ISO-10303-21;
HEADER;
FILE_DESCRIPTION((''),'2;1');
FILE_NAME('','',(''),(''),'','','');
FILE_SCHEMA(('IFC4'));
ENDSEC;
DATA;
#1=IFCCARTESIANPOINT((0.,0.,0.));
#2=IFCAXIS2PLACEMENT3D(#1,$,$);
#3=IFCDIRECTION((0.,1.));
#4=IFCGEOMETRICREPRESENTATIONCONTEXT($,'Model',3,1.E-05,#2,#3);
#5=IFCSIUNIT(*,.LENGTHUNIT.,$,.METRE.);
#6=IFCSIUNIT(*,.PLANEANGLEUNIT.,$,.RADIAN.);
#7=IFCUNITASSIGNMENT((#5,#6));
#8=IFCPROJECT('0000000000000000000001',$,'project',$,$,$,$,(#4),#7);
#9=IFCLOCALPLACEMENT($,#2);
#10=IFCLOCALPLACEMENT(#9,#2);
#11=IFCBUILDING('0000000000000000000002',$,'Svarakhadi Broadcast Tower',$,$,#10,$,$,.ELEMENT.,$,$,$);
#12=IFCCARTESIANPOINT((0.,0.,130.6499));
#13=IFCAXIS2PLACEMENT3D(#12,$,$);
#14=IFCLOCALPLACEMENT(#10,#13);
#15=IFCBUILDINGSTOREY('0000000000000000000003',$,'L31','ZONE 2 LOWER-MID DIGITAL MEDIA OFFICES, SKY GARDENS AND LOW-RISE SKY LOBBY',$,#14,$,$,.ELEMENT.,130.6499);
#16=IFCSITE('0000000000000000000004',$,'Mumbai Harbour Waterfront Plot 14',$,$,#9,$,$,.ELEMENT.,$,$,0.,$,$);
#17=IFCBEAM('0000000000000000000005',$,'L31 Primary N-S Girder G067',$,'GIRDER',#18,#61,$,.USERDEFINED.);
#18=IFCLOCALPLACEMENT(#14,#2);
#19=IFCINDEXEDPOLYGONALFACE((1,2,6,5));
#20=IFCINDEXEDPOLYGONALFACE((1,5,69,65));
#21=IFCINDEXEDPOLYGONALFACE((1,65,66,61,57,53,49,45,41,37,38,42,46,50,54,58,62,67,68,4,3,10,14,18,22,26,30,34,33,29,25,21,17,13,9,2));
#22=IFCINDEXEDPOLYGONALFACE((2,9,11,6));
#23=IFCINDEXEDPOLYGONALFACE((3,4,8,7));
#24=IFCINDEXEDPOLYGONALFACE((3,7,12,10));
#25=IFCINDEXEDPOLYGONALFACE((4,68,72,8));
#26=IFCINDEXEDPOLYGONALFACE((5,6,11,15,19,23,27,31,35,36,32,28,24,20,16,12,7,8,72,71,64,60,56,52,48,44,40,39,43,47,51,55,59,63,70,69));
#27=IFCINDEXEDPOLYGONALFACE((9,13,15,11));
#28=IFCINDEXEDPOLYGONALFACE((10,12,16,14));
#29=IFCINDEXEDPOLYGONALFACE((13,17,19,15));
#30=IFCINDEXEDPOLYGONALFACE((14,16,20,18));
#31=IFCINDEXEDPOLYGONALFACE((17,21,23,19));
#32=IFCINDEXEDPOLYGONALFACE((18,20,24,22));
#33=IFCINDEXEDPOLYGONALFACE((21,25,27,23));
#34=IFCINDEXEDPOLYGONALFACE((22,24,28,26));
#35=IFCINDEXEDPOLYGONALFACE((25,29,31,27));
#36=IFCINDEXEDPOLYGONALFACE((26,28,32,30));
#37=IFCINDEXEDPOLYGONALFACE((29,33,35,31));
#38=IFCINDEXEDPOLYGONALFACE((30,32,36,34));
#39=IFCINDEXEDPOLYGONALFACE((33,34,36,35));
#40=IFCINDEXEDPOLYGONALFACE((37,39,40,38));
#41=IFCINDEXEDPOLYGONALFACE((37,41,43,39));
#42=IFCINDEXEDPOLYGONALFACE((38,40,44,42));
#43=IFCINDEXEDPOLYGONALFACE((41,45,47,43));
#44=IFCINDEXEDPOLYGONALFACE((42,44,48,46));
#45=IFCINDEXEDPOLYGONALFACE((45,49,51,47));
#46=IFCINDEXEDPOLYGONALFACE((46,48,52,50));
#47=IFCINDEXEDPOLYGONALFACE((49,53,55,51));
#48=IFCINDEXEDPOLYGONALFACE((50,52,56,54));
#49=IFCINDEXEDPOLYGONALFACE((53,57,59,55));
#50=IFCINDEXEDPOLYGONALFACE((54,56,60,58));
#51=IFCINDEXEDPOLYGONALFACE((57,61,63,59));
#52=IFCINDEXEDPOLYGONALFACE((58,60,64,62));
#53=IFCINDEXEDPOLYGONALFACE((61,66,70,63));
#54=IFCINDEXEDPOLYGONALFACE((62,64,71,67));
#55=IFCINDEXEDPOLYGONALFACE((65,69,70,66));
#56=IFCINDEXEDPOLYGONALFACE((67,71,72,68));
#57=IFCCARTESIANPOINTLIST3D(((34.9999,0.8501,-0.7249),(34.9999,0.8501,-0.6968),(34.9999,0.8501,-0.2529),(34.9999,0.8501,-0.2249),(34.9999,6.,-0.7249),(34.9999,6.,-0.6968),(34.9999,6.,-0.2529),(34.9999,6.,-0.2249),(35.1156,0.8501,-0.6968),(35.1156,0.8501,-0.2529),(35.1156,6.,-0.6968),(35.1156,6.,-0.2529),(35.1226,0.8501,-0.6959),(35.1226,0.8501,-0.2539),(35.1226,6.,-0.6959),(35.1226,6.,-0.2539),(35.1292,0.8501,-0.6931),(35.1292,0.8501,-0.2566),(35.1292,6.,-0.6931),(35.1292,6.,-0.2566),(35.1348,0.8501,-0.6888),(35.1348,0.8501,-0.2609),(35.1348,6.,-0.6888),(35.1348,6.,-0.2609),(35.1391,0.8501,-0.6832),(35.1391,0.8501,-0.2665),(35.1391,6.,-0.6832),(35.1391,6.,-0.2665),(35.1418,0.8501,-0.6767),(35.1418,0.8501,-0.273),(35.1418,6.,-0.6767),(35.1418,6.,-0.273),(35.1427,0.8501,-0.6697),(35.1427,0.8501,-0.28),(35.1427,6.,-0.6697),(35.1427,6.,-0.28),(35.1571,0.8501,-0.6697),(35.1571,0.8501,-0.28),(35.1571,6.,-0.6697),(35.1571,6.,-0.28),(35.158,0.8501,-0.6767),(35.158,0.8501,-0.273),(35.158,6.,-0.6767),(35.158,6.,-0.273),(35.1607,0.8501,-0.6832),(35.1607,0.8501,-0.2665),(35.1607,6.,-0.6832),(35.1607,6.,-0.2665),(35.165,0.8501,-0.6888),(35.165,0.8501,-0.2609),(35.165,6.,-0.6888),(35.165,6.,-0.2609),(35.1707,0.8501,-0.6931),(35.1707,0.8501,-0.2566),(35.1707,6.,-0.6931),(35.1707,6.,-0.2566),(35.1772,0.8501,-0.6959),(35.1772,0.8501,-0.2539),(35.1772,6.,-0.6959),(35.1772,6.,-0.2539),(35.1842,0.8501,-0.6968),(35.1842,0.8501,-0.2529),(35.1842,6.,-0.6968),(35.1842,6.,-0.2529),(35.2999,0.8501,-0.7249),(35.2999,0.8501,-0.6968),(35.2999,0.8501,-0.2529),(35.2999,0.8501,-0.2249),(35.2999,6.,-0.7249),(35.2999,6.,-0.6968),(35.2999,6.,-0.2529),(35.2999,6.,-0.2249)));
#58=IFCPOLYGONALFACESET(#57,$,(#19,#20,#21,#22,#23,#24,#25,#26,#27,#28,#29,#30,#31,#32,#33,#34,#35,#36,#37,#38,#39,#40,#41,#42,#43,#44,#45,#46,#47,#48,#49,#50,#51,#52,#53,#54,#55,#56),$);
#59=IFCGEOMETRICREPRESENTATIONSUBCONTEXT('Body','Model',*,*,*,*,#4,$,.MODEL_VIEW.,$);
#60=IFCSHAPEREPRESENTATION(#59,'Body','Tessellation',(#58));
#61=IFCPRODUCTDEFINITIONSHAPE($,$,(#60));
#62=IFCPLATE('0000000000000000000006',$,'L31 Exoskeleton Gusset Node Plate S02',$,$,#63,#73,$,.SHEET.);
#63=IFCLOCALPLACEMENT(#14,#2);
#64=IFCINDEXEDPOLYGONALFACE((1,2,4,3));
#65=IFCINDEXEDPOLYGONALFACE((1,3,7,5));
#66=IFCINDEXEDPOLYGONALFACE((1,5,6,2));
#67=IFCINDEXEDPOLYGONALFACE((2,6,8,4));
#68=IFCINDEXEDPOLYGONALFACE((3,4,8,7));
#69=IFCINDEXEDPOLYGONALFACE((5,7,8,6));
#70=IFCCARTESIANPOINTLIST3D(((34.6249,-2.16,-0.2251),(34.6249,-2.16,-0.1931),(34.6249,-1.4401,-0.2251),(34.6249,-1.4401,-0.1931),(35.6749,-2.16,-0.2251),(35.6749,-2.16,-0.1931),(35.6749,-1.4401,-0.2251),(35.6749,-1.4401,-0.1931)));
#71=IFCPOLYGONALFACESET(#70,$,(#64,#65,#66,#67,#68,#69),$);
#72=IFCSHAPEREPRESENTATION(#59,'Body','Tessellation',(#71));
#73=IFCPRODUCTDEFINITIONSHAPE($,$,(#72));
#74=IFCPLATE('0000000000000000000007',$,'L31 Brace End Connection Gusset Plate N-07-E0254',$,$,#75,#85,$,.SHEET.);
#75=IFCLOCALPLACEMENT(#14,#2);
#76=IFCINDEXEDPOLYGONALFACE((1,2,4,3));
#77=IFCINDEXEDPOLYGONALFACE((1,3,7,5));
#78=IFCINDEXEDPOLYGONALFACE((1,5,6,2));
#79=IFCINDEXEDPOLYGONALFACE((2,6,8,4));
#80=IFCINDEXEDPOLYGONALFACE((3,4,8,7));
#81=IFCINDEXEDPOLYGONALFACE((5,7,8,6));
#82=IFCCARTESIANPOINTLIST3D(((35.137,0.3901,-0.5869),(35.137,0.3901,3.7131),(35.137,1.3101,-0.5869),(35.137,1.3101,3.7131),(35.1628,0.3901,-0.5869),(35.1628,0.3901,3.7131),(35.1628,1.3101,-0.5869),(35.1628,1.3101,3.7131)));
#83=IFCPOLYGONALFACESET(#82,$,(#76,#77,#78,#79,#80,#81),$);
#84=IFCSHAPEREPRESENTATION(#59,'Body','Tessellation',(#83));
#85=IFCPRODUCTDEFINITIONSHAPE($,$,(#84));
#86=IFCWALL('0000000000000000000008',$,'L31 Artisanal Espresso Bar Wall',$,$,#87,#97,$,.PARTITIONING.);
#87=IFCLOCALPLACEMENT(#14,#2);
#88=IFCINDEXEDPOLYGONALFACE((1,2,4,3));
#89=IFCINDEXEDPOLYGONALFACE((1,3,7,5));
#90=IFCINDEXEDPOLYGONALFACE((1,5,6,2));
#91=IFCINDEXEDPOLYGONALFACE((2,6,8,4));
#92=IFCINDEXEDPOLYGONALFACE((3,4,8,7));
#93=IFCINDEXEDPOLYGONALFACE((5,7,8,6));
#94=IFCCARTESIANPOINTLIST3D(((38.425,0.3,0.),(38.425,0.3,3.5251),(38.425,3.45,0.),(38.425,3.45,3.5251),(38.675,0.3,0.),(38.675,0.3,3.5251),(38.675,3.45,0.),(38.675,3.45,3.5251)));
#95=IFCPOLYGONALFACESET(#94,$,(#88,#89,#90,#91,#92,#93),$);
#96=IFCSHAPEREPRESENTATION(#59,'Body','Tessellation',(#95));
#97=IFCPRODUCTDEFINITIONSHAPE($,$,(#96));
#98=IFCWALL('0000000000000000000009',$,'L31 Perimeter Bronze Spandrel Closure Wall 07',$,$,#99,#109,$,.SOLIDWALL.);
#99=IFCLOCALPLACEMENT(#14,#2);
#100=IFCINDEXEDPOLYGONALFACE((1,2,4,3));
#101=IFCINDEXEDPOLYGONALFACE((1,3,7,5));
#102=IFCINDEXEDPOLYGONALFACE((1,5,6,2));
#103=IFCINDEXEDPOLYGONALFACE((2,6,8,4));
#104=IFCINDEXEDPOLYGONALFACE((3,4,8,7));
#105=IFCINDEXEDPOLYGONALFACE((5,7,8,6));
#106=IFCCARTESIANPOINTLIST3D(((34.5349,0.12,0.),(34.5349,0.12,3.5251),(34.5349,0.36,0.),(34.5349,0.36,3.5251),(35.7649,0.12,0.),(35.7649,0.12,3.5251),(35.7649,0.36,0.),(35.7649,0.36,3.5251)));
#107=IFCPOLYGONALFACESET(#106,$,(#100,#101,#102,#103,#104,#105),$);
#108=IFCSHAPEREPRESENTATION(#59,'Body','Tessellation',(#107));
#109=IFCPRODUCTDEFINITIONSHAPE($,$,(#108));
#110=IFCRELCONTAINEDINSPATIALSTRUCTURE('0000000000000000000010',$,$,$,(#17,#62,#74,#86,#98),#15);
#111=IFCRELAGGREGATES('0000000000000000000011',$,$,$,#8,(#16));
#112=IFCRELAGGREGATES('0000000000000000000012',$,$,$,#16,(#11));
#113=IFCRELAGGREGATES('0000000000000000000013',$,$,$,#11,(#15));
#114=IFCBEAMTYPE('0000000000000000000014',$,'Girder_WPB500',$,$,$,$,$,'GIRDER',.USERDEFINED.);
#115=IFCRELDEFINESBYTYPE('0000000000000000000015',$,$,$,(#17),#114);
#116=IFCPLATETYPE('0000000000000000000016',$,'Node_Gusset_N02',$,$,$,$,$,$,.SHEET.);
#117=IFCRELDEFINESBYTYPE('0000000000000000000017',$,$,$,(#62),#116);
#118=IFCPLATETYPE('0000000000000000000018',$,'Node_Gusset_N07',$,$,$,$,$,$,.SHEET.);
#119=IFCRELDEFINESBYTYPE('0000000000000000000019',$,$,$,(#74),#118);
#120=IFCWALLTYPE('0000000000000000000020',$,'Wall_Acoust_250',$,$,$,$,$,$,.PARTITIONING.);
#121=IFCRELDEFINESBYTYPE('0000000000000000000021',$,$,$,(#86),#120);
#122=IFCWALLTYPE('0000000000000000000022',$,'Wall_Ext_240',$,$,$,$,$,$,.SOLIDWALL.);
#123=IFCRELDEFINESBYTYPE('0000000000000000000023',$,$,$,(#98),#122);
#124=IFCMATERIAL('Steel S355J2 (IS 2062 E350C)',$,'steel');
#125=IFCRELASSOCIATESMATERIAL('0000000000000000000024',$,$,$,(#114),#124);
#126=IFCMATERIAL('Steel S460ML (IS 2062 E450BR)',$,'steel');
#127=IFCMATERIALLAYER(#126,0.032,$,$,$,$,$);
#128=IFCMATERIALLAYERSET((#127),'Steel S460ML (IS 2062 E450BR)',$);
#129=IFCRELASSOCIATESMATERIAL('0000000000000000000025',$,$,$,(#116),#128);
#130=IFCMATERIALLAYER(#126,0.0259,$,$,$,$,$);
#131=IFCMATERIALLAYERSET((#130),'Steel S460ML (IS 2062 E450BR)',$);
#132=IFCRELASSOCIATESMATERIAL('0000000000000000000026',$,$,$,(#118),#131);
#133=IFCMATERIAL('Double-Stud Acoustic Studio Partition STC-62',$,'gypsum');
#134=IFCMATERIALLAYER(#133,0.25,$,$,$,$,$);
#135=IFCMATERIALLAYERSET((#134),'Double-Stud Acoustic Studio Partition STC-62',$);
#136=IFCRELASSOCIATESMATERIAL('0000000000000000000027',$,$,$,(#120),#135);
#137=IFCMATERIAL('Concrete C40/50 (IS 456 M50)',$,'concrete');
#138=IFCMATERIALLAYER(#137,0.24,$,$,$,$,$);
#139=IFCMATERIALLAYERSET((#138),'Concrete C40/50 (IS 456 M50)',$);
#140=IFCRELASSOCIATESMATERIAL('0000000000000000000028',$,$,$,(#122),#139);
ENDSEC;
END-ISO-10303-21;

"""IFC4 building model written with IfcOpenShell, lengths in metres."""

from ifc_helpers import new_model, si_unit, direction, frame, frame_2d, origin, origin_2d, place, context, subcontext, project, spatial, rectangle, i_section, extrude, material, layer, layer_set, material_profile, profile_set, type_object, element, save


model = new_model("IFC4")

# Units and contexts
model_context = context("Model", 3, precision=1e-05, world=origin(), true_north=direction((0.0, 1.0)))
body_context = subcontext(model_context, "Body", "Model", "MODEL_VIEW")
ifc_project = project(units=[si_unit("LENGTHUNIT", "METRE"), si_unit("PLANEANGLEUNIT", "RADIAN")], contexts=[model_context])

# Site, building, storey
site_placement = place(None, origin())
site = spatial("IfcSite", under=ifc_project, at=site_placement, Name="Mumbai Harbour Waterfront Plot 14", CompositionType="ELEMENT", RefElevation=0.0)
building_placement = place(site_placement, origin())
building = spatial("IfcBuilding", under=site, at=building_placement, Name="Svarakhadi Broadcast Tower", CompositionType="ELEMENT")
storey_placement = place(building_placement, frame((0.0, 0.0, 130.6499)))
storey = spatial("IfcBuildingStorey", under=building, at=storey_placement, Name="L31", Description="ZONE 2 LOWER-MID DIGITAL MEDIA OFFICES, SKY GARDENS AND LOW-RISE SKY LOBBY", CompositionType="ELEMENT", Elevation=130.6499)

# Shared definitions
ifc_material_1 = material(Name="Steel S460ML (IS 2062 E450BR)", Category="steel")

# Beam
ifc_material_2 = material(Name="Steel S355J2 (IS 2062 E350C)", Category="steel")
ifc_material_profile_1 = material_profile(ifc_material_2, i_section(OverallWidth=0.3, OverallDepth=0.5, WebThickness=0.0144, FlangeThickness=0.0281, FilletRadius=0.0271, at=origin_2d()), Name="WPB 500x300x187")
ifc_profile_set_1 = profile_set([ifc_material_profile_1], Name="Steel S355J2 (IS 2062 E350C)")
beam_type = type_object("IfcBeamType", Name="Girder_WPB500", ElementType="GIRDER", PredefinedType="USERDEFINED", material=ifc_profile_set_1)
beam_1_placement = place(storey_placement, frame((35.1499, 0.8501, -0.4749), z_axis=(0.0, 1.0, 0.0), x_axis=(-1.0, 0.0, 0.0)))
element("IfcBeam", 1, at=beam_1_placement, inside=storey, type_object=beam_type, Name="L31 Primary N-S Girder G067", ObjectType="GIRDER", PredefinedType="USERDEFINED", context=body_context, shape_type="SweptSolid", body=[
    extrude(i_section(OverallWidth=0.3, OverallDepth=0.5, WebThickness=0.0144, FlangeThickness=0.0281, FilletRadius=0.0271, at=origin_2d()), origin(), (0.0, 0.0, 1.0), 5.1499),
])

# Plates
ifc_layer_1 = layer(ifc_material_1, 0.032)
ifc_layer_set_1 = layer_set([ifc_layer_1], Name="Steel S460ML (IS 2062 E450BR)")
plate_type_1 = type_object("IfcPlateType", Name="Node_Gusset_N02", PredefinedType="SHEET", material=ifc_layer_set_1)
plate_1_placement = place(storey_placement, frame((35.1499, -1.8, -0.2251), z_axis=(0.0, 0.0, 1.0), x_axis=(1.0, 0.0, 0.0)))
element("IfcPlate", 2, at=plate_1_placement, inside=storey, type_object=plate_type_1, Name="L31 Exoskeleton Gusset Node Plate S02", PredefinedType="SHEET", context=body_context, shape_type="SweptSolid", body=[
    extrude(rectangle(XDim=1.05, YDim=0.72, at=origin_2d()), origin(), (0.0, 0.0, 1.0), 0.032),
])
ifc_layer_2 = layer(ifc_material_1, 0.0259)
ifc_layer_set_2 = layer_set([ifc_layer_2], Name="Steel S460ML (IS 2062 E450BR)")
plate_type_2 = type_object("IfcPlateType", Name="Node_Gusset_N07", PredefinedType="SHEET", material=ifc_layer_set_2)
plate_2_placement = place(storey_placement, frame((35.1499, 0.8501, -0.5869), z_axis=(0.0, 0.0, 1.0), x_axis=(0.0, 1.0, 0.0)))
element("IfcPlate", 3, at=plate_2_placement, inside=storey, type_object=plate_type_2, Name="L31 Brace End Connection Gusset Plate N-07-E0254", PredefinedType="SHEET", context=body_context, shape_type="SweptSolid", body=[
    extrude(rectangle(XDim=0.9199, YDim=0.0259, at=origin_2d()), origin(), (0.0, 0.0, 1.0), 4.3),
])

# Walls
ifc_material_3 = material(Name="Double-Stud Acoustic Studio Partition STC-62", Category="gypsum")
ifc_layer_3 = layer(ifc_material_3, 0.25)
ifc_layer_set_3 = layer_set([ifc_layer_3], Name="Double-Stud Acoustic Studio Partition STC-62")
wall_type_1 = type_object("IfcWallType", Name="Wall_Acoust_250", PredefinedType="PARTITIONING", material=ifc_layer_set_3)
wall_1_placement = place(storey_placement, frame((38.55, 0.3, 0.0), z_axis=(0.0, 0.0, 1.0), x_axis=(0.0, 1.0, 0.0)))
element("IfcWall", 4, at=wall_1_placement, inside=storey, type_object=wall_type_1, Name="L31 Artisanal Espresso Bar Wall", PredefinedType="PARTITIONING", context=body_context, shape_type="SweptSolid", body=[
    extrude(rectangle(XDim=3.1499, YDim=0.25, at=frame_2d((1.575, 0.0))), origin(), (0.0, 0.0, 1.0), 3.5251),
])
ifc_material_4 = material(Name="Concrete C40/50 (IS 456 M50)", Category="concrete")
ifc_layer_4 = layer(ifc_material_4, 0.24)
ifc_layer_set_4 = layer_set([ifc_layer_4], Name="Concrete C40/50 (IS 456 M50)")
wall_type_2 = type_object("IfcWallType", Name="Wall_Ext_240", PredefinedType="SOLIDWALL", material=ifc_layer_set_4)
wall_2_placement = place(storey_placement, frame((35.7649, 0.24, 0.0), z_axis=(0.0, 0.0, 1.0), x_axis=(-1.0, 0.0, 0.0)))
element("IfcWall", 5, at=wall_2_placement, inside=storey, type_object=wall_type_2, Name="L31 Perimeter Bronze Spandrel Closure Wall 07", PredefinedType="SOLIDWALL", context=body_context, shape_type="SweptSolid", body=[
    extrude(rectangle(XDim=1.23, YDim=0.24, at=frame_2d((0.615, 0.0))), origin(), (0.0, 0.0, 1.0), 3.5251),
])

save(model, "model.ifc")
